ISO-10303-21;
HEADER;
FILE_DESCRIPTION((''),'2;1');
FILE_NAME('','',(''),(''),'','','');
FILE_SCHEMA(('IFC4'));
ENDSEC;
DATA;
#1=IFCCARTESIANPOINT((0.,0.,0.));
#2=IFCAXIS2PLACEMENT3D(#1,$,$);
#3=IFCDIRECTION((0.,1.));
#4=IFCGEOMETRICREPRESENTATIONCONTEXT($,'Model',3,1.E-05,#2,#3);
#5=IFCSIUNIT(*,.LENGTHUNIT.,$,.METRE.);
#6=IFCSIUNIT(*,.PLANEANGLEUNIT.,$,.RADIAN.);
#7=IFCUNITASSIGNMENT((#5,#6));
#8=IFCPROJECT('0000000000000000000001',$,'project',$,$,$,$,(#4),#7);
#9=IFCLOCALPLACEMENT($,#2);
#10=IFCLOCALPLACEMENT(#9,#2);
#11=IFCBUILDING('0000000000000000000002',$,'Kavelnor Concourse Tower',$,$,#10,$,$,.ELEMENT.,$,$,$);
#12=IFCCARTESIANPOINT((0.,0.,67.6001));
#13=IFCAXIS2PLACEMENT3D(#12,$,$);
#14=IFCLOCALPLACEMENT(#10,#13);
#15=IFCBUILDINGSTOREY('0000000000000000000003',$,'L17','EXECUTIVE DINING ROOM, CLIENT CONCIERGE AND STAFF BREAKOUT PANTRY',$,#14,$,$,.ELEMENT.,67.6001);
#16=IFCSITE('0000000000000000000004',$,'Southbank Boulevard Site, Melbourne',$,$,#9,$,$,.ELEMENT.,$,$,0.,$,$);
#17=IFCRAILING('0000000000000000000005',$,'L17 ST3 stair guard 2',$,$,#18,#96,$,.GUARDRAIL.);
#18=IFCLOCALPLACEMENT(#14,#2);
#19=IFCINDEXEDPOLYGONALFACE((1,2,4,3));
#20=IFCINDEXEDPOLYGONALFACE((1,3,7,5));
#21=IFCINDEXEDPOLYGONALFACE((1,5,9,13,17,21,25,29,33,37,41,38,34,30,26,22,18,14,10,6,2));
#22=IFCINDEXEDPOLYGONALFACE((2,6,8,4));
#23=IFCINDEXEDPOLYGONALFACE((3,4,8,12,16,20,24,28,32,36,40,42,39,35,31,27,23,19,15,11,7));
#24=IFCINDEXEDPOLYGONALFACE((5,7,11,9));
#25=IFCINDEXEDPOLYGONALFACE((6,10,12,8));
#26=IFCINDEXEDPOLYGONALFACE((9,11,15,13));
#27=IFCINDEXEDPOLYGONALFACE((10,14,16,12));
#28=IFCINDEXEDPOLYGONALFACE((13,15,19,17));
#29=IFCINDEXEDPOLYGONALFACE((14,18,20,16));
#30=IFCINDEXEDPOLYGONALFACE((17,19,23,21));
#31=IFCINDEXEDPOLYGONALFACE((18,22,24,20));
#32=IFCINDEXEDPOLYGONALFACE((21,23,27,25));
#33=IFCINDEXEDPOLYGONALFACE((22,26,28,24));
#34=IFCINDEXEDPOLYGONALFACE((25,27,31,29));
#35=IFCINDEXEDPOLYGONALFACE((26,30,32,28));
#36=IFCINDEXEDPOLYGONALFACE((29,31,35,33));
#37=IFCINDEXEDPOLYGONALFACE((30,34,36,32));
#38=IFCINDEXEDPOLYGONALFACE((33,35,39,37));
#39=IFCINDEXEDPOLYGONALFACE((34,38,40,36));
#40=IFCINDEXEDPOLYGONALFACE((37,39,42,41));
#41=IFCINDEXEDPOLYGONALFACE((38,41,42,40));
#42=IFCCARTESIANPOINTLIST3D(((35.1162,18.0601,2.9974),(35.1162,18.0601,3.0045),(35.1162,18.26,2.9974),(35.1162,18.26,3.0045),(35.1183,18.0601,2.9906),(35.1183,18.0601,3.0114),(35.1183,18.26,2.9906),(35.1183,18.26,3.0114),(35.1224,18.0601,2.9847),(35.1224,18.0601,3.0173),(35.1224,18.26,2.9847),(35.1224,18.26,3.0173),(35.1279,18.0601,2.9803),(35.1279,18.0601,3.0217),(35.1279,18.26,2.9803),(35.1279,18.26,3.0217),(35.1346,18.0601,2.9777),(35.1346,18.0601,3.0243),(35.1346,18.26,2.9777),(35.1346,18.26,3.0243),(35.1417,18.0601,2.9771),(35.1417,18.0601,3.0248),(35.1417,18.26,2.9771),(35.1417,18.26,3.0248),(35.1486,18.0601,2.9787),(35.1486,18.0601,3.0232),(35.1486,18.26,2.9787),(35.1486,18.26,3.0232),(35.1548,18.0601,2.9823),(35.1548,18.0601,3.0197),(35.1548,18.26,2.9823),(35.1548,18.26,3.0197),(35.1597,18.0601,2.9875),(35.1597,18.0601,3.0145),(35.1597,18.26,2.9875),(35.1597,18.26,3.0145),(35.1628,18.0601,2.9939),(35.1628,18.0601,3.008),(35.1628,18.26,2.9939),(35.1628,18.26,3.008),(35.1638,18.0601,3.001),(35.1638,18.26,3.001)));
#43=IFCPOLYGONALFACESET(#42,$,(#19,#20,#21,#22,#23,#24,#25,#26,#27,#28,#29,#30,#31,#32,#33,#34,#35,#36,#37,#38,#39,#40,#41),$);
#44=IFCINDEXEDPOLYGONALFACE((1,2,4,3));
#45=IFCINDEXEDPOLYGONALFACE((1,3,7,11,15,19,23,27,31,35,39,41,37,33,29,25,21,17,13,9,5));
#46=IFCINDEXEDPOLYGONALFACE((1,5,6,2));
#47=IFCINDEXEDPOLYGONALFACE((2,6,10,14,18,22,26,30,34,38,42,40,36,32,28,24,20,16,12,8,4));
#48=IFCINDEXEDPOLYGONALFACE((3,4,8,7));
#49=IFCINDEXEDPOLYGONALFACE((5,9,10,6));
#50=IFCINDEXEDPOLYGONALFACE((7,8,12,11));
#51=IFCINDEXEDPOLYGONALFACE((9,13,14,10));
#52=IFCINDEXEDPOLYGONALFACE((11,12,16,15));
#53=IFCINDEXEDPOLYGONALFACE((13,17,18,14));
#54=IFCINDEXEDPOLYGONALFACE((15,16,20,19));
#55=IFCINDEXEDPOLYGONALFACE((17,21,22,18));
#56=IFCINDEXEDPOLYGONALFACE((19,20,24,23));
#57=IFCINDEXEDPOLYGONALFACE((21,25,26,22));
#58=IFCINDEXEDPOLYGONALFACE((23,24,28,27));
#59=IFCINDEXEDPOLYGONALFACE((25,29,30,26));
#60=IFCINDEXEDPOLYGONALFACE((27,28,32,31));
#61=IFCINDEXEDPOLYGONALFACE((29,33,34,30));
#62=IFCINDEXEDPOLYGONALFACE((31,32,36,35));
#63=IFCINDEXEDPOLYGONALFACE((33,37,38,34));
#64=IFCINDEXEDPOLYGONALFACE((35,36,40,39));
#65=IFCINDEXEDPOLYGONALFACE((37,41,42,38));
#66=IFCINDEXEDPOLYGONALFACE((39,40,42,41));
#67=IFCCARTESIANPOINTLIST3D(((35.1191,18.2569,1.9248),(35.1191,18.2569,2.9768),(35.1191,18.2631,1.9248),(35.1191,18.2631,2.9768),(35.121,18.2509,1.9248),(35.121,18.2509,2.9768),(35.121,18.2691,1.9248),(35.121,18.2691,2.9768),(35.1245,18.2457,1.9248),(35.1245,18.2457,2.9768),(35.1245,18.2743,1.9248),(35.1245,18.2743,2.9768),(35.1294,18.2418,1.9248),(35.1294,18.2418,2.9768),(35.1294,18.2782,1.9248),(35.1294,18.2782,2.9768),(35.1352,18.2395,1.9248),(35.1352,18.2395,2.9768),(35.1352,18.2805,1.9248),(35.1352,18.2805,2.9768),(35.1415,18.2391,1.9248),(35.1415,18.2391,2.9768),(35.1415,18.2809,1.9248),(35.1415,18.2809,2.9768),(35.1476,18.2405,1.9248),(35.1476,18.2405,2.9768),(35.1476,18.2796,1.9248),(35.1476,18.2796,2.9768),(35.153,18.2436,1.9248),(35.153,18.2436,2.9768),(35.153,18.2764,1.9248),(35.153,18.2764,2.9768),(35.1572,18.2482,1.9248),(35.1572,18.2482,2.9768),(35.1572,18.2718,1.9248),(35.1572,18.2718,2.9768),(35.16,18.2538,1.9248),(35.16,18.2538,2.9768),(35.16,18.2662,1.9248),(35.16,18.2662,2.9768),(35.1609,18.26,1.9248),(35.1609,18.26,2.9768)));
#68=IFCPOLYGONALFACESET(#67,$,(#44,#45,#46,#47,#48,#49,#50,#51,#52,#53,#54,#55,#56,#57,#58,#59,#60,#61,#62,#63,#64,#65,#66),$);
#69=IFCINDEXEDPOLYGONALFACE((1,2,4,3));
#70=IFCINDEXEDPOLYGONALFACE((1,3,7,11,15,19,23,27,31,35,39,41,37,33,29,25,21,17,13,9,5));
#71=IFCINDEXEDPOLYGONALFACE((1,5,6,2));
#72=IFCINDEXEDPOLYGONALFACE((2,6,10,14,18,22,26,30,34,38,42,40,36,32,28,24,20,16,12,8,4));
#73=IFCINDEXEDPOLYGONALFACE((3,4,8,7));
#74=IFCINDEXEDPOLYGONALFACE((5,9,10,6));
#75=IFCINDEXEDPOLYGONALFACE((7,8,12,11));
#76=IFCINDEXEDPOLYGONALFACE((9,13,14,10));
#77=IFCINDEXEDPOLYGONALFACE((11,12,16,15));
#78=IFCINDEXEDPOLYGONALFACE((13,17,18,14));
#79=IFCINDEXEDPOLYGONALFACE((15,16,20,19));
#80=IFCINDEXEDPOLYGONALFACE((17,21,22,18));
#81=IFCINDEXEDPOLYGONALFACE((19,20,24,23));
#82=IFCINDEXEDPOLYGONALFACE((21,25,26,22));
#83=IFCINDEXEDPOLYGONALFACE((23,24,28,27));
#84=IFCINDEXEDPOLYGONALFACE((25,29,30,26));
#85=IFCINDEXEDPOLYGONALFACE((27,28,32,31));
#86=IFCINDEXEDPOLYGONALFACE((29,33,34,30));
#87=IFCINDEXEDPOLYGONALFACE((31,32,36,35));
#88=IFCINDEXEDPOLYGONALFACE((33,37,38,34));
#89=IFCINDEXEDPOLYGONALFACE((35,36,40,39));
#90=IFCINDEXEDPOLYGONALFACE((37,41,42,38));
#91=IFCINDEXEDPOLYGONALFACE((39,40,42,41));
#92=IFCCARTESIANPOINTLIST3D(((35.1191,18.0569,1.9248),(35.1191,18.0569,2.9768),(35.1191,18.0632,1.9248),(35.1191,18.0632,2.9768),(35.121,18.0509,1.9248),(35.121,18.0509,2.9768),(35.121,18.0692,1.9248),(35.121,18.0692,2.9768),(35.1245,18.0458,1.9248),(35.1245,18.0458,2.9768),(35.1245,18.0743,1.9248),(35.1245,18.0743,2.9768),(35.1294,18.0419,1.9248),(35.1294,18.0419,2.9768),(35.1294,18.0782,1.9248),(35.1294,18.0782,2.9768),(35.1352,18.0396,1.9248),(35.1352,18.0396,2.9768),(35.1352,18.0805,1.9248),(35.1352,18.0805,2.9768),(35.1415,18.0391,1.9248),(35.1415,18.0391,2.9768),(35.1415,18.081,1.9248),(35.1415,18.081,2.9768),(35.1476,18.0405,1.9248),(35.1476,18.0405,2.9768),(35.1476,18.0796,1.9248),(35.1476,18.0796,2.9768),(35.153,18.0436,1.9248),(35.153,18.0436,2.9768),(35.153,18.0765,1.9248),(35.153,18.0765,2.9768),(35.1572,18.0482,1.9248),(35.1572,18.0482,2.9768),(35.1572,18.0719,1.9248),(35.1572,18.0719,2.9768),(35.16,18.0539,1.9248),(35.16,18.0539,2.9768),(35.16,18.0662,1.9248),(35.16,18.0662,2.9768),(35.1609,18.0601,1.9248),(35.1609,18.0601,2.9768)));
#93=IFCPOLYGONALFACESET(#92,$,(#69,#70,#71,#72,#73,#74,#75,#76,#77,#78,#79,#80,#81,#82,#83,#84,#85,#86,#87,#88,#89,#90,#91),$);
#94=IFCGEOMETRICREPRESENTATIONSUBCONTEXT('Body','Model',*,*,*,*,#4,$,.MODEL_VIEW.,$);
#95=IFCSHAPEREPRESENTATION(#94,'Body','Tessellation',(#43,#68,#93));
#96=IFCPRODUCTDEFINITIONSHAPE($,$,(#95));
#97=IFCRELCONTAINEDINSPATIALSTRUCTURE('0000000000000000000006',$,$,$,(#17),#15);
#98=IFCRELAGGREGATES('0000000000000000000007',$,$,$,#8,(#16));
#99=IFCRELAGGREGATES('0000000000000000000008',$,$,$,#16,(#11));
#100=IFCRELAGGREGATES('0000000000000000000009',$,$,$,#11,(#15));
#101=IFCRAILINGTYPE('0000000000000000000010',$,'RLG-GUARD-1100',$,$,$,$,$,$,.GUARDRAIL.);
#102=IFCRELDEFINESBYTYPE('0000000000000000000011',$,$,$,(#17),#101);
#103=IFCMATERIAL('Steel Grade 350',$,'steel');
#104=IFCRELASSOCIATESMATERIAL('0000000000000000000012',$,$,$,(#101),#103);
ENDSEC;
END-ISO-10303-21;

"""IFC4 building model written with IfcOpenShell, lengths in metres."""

from ifc_helpers import new_model, si_unit, direction, frame, origin, origin_2d, place, context, subcontext, project, spatial, circle, extrude, material, type_object, element, save


model = new_model("IFC4")

# Units and contexts
model_context = context("Model", 3, precision=1e-05, world=origin(), true_north=direction((0.0, 1.0)))
body_context = subcontext(model_context, "Body", "Model", "MODEL_VIEW")
ifc_project = project(units=[si_unit("LENGTHUNIT", "METRE"), si_unit("PLANEANGLEUNIT", "RADIAN")], contexts=[model_context])

# Site, building, storey
site_placement = place(None, origin())
site = spatial("IfcSite", under=ifc_project, at=site_placement, Name="Southbank Boulevard Site, Melbourne", CompositionType="ELEMENT", RefElevation=0.0)
building_placement = place(site_placement, origin())
building = spatial("IfcBuilding", under=site, at=building_placement, Name="Kavelnor Concourse Tower", CompositionType="ELEMENT")
storey_placement = place(building_placement, frame((0.0, 0.0, 67.6001)))
storey = spatial("IfcBuildingStorey", under=building, at=storey_placement, Name="L17", Description="EXECUTIVE DINING ROOM, CLIENT CONCIERGE AND STAFF BREAKOUT PANTRY", CompositionType="ELEMENT", Elevation=67.6001)

# Shared definitions
ifc_material_1 = material(Name="Steel Grade 350", Category="steel")

# Railing
railing_type_1 = type_object("IfcRailingType", Name="RLG-GUARD-1100", PredefinedType="GUARDRAIL", material=ifc_material_1)
railing_1_placement = place(storey_placement, frame((35.1399, 18.26, 1.9248)))
element("IfcRailing", 1, at=railing_1_placement, inside=storey, type_object=railing_type_1, Name="L17 ST3 stair guard 2", PredefinedType="GUARDRAIL", context=body_context, shape_type="SweptSolid", body=[
    extrude(circle(Radius=0.0239, at=origin_2d()), frame((0.0, 0.0, 1.0762), z_axis=(0.0, -1.0, 0.0), x_axis=(1.0, 0.0, 0.0)), (0.0, 0.0, 1.0), 0.2),
    extrude(circle(Radius=0.021, at=origin_2d()), origin(), (0.0, 0.0, 1.0), 1.052),
    extrude(circle(Radius=0.021, at=origin_2d()), frame((0.0, -0.2, 0.0)), (0.0, 0.0, 1.0), 1.052),
])

save(model, "model.ifc")
